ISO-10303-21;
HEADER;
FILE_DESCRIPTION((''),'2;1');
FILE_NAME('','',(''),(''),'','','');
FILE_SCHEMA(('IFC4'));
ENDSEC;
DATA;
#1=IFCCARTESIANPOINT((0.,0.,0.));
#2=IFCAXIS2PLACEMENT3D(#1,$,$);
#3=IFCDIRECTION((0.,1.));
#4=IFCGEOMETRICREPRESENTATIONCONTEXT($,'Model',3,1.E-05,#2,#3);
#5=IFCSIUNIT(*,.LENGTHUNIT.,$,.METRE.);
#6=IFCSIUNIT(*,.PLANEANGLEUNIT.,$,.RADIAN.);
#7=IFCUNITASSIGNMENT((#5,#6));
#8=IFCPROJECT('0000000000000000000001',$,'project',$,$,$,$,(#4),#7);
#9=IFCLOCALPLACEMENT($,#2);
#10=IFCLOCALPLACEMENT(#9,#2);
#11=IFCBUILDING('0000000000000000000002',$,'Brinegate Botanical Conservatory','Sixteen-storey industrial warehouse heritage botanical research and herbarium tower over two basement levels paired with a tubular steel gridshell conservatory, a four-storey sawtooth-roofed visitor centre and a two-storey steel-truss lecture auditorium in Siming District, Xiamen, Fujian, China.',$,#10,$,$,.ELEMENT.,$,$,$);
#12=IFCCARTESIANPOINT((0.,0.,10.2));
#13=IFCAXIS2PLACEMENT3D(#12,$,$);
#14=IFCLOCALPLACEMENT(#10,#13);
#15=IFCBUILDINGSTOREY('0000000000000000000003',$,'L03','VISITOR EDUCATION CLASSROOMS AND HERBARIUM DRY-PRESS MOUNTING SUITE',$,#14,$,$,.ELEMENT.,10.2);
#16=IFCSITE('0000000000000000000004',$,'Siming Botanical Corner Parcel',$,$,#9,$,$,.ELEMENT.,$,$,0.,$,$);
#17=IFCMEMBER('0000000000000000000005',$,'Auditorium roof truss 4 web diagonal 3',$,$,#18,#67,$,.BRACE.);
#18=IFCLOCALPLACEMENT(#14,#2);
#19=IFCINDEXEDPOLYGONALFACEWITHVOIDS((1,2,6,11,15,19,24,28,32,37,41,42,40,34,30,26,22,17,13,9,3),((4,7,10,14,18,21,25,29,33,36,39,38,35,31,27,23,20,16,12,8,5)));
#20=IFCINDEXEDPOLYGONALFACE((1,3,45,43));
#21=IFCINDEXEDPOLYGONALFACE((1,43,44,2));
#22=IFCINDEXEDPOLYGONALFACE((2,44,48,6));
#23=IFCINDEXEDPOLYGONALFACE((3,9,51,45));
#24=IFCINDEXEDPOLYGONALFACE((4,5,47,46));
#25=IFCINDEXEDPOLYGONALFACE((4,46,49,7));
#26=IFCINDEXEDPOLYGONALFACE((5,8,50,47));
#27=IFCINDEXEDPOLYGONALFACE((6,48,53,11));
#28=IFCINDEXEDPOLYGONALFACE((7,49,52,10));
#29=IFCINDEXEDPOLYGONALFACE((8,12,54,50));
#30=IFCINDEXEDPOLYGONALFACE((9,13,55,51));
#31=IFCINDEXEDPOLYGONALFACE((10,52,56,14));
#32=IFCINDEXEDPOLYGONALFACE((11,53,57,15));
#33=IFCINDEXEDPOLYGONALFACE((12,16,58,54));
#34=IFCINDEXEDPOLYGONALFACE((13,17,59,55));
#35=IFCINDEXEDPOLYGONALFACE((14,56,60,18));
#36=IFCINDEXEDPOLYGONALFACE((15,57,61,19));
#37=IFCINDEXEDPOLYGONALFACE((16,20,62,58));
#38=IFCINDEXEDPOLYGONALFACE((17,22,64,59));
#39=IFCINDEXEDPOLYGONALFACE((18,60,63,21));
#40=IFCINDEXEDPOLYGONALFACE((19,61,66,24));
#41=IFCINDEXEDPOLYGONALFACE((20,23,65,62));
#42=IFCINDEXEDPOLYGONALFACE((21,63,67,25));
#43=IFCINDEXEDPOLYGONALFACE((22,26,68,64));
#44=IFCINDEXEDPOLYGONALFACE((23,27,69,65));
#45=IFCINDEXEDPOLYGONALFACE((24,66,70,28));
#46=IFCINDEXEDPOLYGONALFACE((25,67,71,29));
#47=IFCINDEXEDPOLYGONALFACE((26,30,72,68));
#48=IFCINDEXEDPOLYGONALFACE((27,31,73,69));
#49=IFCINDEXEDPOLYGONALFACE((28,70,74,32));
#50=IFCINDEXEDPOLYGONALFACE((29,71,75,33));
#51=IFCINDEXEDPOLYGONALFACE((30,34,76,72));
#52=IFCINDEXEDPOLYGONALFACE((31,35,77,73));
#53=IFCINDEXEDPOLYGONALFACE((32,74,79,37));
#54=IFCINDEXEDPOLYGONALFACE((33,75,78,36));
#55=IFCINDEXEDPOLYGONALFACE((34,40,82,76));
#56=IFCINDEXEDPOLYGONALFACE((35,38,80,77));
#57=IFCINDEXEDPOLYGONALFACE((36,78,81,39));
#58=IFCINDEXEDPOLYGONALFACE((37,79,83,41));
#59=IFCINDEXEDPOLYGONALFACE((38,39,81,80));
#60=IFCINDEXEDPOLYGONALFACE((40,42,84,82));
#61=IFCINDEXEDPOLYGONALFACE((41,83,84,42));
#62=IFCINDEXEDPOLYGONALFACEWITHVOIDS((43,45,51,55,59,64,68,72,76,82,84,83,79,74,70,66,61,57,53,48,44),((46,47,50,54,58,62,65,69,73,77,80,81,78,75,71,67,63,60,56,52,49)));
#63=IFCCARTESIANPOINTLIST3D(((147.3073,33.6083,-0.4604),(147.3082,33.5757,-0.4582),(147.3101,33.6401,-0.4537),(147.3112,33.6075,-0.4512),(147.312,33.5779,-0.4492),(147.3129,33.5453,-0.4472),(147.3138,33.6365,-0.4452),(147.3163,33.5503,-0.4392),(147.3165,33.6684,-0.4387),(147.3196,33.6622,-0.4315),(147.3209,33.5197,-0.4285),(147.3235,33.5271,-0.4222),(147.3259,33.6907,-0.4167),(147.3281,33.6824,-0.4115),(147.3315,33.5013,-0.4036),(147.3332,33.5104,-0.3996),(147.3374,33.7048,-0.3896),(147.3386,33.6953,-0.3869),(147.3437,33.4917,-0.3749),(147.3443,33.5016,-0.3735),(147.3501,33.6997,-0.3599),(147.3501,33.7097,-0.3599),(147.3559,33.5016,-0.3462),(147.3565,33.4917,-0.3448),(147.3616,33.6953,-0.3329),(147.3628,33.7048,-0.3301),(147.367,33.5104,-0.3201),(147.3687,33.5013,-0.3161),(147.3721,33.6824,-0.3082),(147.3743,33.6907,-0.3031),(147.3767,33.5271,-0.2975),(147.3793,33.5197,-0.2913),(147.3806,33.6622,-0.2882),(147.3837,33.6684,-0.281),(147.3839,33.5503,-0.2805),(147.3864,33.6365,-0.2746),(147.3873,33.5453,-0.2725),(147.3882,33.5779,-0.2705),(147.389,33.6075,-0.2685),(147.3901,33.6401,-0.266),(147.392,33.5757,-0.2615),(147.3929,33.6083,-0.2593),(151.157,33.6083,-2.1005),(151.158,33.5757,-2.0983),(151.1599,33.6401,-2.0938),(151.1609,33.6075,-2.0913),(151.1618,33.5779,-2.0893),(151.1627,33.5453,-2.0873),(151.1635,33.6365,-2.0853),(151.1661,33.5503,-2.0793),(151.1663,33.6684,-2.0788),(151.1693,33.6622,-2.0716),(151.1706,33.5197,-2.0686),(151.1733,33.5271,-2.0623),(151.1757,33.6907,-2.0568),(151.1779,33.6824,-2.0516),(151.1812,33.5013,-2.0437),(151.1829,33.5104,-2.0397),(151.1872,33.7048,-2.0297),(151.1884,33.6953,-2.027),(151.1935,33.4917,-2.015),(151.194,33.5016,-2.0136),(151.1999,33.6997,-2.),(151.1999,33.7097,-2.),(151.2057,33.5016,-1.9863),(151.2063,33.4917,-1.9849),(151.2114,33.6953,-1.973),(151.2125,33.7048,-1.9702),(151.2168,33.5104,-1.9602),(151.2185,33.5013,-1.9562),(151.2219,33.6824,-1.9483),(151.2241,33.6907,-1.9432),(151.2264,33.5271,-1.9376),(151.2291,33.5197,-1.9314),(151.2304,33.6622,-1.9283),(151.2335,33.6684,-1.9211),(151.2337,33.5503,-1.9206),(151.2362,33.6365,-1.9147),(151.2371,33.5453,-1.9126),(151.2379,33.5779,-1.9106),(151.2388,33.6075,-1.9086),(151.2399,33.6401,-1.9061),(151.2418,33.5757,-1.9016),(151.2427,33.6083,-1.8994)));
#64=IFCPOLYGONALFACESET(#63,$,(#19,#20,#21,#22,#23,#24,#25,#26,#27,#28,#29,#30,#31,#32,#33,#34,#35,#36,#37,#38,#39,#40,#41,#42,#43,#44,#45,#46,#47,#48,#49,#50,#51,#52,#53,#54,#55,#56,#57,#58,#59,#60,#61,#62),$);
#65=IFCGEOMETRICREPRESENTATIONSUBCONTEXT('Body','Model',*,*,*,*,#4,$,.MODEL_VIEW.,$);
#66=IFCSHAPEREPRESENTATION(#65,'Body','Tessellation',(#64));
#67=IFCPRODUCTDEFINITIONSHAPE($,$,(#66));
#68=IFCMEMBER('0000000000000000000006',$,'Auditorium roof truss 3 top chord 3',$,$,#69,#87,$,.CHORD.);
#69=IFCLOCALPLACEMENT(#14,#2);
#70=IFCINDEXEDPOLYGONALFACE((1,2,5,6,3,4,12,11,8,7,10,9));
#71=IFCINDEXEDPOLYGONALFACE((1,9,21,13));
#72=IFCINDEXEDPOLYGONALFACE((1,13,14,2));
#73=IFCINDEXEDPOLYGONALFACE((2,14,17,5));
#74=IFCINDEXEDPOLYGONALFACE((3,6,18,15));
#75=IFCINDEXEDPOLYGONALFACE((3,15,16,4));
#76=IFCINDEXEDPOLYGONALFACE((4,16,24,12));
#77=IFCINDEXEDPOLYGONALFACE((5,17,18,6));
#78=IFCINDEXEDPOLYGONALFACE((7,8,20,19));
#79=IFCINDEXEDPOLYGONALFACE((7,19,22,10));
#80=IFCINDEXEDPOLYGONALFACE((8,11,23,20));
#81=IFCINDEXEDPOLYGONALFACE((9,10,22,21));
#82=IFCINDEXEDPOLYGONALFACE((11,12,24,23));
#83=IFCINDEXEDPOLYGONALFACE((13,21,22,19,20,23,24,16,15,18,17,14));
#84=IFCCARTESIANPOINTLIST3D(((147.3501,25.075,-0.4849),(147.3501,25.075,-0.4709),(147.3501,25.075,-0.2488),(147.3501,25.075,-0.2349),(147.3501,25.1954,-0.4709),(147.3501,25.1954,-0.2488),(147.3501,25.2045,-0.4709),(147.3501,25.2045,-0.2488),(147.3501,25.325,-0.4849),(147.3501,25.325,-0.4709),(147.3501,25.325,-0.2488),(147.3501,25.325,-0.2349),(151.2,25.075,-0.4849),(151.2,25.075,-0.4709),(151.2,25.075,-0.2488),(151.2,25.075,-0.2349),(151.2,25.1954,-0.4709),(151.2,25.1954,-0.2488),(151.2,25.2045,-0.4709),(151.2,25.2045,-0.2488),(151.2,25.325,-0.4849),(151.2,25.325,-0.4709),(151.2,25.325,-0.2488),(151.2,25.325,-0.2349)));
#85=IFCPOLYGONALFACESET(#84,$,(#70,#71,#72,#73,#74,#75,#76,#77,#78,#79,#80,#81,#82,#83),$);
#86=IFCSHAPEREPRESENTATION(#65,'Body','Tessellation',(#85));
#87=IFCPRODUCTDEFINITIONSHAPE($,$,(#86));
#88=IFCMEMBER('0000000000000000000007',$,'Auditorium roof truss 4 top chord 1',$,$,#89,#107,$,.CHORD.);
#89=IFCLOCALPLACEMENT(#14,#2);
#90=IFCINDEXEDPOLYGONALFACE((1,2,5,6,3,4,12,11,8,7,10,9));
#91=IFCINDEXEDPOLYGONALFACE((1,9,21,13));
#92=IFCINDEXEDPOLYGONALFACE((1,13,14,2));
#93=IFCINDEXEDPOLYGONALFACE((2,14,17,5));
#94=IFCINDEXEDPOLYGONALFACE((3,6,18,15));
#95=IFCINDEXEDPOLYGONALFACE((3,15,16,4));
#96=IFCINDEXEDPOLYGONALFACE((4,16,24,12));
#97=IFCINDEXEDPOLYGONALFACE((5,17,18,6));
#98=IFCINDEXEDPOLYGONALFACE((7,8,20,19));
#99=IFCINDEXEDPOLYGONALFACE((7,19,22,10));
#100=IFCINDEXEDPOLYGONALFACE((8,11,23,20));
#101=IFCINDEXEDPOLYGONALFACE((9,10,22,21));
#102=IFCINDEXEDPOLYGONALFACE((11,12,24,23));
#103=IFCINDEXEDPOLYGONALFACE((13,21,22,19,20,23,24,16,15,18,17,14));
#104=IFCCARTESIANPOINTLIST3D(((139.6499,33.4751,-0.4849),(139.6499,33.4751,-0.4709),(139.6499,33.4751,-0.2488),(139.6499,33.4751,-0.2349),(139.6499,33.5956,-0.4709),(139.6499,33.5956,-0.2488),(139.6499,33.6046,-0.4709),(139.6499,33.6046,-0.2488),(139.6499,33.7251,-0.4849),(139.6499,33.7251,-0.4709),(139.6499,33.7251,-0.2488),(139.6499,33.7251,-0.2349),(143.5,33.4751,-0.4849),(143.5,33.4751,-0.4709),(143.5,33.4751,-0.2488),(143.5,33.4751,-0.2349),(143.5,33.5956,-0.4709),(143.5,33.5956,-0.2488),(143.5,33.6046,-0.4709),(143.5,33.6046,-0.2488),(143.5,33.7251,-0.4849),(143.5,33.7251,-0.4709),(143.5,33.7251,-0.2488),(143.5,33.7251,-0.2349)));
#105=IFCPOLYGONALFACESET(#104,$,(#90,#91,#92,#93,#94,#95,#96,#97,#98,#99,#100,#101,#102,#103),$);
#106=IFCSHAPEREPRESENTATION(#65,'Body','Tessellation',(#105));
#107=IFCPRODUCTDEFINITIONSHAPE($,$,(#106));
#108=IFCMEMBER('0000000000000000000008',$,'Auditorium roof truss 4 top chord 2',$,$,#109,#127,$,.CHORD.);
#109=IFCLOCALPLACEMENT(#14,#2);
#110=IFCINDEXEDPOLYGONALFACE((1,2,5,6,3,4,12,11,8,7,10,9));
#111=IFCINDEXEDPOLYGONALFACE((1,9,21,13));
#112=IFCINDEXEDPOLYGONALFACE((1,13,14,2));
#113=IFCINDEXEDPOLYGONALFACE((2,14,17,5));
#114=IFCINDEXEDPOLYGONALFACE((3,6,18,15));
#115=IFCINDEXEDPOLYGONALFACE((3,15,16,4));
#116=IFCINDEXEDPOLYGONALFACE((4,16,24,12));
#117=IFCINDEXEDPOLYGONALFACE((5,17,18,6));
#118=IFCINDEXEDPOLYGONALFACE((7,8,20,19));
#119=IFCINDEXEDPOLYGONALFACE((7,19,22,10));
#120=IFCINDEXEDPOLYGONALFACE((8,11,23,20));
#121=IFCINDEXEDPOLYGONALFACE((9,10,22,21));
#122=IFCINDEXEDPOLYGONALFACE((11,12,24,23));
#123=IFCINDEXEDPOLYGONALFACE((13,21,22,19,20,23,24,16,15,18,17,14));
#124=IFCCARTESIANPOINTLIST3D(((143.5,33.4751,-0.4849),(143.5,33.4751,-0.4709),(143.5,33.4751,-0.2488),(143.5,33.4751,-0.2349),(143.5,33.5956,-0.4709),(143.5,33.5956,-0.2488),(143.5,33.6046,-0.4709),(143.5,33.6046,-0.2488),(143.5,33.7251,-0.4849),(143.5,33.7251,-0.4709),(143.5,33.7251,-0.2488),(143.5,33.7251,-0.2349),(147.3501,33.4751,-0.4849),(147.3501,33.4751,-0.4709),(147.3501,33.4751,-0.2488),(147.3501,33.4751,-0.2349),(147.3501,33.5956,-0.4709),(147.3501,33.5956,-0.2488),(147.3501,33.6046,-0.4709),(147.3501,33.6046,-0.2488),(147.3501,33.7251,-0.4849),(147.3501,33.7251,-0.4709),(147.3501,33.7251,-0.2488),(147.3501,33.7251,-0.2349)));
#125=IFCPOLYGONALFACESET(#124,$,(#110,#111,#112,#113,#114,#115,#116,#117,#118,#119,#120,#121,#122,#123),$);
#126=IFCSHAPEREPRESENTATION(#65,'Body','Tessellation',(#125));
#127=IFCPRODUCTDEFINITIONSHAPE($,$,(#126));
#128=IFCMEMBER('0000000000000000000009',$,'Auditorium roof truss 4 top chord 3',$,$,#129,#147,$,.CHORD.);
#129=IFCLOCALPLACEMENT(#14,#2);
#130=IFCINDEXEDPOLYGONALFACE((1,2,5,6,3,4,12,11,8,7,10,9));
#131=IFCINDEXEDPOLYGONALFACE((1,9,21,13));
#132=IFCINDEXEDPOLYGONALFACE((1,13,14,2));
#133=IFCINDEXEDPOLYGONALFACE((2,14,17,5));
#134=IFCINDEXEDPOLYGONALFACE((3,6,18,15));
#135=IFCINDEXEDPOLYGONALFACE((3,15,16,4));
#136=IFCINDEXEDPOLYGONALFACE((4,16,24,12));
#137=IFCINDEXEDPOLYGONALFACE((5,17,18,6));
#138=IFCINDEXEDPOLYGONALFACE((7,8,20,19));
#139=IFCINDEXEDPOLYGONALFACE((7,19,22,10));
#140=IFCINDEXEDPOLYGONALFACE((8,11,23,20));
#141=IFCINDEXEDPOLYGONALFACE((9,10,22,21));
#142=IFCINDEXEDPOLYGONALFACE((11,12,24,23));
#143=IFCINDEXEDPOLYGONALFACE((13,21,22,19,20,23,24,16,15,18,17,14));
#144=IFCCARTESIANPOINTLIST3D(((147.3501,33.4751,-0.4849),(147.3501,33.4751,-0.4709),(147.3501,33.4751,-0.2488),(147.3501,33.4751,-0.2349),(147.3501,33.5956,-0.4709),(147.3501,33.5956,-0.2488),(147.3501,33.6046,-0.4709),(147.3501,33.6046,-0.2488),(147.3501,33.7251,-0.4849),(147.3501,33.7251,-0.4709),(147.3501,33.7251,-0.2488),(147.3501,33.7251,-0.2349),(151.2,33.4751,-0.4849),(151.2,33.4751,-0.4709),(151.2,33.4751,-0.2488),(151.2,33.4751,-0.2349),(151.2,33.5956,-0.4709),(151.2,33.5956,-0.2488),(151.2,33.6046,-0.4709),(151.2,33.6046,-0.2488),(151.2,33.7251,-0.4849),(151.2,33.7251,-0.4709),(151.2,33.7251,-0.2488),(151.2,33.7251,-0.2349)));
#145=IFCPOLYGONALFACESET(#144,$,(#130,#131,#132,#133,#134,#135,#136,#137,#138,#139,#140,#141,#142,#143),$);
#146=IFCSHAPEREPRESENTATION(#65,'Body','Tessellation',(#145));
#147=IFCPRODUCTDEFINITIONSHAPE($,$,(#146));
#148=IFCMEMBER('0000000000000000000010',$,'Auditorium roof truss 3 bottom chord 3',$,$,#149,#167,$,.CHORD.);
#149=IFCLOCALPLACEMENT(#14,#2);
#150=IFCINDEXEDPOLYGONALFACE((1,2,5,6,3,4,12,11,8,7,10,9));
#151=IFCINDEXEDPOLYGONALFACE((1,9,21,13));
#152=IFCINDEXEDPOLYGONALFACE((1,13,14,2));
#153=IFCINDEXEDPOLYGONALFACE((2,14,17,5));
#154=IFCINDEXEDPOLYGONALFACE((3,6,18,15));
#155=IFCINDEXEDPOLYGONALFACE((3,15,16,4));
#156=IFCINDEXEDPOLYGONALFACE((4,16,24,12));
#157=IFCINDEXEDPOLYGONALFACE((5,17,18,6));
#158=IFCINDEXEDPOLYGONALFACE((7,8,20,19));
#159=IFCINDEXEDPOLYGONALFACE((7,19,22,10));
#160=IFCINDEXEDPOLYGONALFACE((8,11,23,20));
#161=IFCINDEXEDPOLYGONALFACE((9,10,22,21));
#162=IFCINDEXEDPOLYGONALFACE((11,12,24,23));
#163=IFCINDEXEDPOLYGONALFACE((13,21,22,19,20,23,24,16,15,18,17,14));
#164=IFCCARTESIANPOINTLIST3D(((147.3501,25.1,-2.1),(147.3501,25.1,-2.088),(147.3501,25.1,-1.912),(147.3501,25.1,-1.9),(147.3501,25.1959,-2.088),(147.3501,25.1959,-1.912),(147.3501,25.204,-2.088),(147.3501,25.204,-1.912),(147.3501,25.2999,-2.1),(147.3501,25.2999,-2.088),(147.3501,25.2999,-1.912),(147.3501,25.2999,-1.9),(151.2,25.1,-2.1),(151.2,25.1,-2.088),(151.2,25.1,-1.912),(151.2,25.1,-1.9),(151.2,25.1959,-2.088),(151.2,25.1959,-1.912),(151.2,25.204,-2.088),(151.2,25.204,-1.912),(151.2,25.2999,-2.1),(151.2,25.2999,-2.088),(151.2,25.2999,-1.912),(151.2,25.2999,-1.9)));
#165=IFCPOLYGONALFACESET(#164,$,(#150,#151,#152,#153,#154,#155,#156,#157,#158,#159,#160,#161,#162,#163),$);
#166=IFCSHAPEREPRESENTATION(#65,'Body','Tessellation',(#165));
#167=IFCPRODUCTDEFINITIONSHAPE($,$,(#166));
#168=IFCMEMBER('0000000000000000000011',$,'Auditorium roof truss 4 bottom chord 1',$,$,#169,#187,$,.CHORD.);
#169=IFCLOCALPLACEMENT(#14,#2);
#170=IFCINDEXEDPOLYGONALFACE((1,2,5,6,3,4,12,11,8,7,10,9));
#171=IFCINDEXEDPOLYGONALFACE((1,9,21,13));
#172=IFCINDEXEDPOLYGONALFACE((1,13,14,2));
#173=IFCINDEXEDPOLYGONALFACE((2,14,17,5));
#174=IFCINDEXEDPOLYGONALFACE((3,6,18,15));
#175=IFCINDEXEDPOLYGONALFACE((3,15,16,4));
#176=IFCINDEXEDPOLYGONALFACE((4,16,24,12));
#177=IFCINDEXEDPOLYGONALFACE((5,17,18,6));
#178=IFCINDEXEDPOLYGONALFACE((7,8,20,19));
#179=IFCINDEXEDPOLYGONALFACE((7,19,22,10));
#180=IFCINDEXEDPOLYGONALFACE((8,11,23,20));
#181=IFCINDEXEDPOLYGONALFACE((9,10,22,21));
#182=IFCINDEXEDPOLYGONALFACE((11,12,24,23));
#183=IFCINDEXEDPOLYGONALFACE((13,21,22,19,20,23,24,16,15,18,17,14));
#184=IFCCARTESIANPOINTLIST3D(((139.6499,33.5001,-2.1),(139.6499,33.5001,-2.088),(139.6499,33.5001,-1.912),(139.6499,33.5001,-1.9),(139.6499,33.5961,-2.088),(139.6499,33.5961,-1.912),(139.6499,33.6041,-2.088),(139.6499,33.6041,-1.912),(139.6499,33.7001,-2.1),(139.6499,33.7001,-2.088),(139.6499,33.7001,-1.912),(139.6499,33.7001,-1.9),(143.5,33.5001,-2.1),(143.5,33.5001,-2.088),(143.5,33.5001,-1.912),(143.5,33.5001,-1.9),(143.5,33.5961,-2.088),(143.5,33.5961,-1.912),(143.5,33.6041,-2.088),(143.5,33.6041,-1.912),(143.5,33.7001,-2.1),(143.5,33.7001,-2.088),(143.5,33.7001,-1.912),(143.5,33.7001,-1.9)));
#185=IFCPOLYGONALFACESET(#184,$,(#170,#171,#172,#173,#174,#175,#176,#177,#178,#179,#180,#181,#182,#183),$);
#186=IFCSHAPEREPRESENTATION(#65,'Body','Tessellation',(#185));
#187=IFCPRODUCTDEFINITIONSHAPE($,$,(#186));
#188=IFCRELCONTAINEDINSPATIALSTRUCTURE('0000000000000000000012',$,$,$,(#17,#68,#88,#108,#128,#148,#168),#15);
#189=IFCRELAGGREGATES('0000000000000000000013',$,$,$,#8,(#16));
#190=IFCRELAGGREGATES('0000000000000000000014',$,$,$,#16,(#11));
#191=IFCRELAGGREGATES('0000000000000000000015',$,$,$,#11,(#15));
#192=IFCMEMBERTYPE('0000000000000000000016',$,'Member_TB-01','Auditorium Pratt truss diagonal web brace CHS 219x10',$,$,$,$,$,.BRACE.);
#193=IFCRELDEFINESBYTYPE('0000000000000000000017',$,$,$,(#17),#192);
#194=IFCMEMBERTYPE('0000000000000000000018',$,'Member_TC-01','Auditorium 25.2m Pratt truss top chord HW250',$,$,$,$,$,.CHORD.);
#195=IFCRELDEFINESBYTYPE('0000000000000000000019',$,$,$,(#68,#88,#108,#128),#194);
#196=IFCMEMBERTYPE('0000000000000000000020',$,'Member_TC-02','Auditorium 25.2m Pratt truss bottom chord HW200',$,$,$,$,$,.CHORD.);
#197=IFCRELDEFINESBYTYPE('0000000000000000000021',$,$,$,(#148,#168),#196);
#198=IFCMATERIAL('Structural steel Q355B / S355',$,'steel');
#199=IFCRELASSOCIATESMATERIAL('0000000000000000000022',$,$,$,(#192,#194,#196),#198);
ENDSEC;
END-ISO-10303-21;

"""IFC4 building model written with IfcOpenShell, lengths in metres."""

from ifc_helpers import new_model, si_unit, direction, frame, origin, origin_2d, place, context, subcontext, project, spatial, hollow_circle, i_section, extrude, material, material_profile, profile_set, type_object, element, save


model = new_model("IFC4")

# Units and contexts
model_context = context("Model", 3, precision=1e-05, world=origin(), true_north=direction((0.0, 1.0)))
body_context = subcontext(model_context, "Body", "Model", "MODEL_VIEW")
ifc_project = project(units=[si_unit("LENGTHUNIT", "METRE"), si_unit("PLANEANGLEUNIT", "RADIAN")], contexts=[model_context])

# Site, building, storey
site_placement = place(None, origin())
site = spatial("IfcSite", under=ifc_project, at=site_placement, Name="Siming Botanical Corner Parcel", CompositionType="ELEMENT", RefElevation=0.0)
building_placement = place(site_placement, origin())
building = spatial("IfcBuilding", under=site, at=building_placement, Name="Brinegate Botanical Conservatory", Description="Sixteen-storey industrial warehouse heritage botanical research and herbarium tower over two basement levels paired with a tubular steel gridshell conservatory, a four-storey sawtooth-roofed visitor centre and a two-storey steel-truss lecture auditorium in Siming District, Xiamen, Fujian, China.", CompositionType="ELEMENT")
storey_placement = place(building_placement, frame((0.0, 0.0, 10.2)))
storey = spatial("IfcBuildingStorey", under=building, at=storey_placement, Name="L03", Description="VISITOR EDUCATION CLASSROOMS AND HERBARIUM DRY-PRESS MOUNTING SUITE", CompositionType="ELEMENT", Elevation=10.2)

# Members
ifc_material_1 = material(Name="Structural steel Q355B / S355", Category="steel")
ifc_material_profile_1 = material_profile(ifc_material_1, hollow_circle(Radius=0.1096, WallThickness=0.01, at=origin_2d()), Name="CHS 219x10")
ifc_profile_set_1 = profile_set([ifc_material_profile_1], Name="Structural steel Q355B / S355")
member_type_1 = type_object("IfcMemberType", Name="Member_TB-01", Description="Auditorium Pratt truss diagonal web brace CHS 219x10", PredefinedType="BRACE", material=ifc_profile_set_1)
member_1_placement = place(storey_placement, frame((147.3501, 33.6001, -0.3599), z_axis=(0.919991, 0.0, -0.39194), x_axis=(0.0, 1.0, 0.0)))
element("IfcMember", 1, at=member_1_placement, inside=storey, type_object=member_type_1, Name="Auditorium roof truss 4 web diagonal 3", PredefinedType="BRACE", context=body_context, shape_type="SweptSolid", body=[
    extrude(hollow_circle(Radius=0.1096, WallThickness=0.01, at=origin_2d()), origin(), (0.0, 0.0, 1.0), 4.1846),
])
ifc_material_profile_2 = material_profile(ifc_material_1, i_section(OverallWidth=0.25, OverallDepth=0.25, WebThickness=0.009, FlangeThickness=0.0139, at=origin_2d()), Name="HW 250x250x9x14")
ifc_profile_set_2 = profile_set([ifc_material_profile_2], Name="Structural steel Q355B / S355")
member_type_2 = type_object("IfcMemberType", Name="Member_TC-01", Description="Auditorium 25.2m Pratt truss top chord HW250", PredefinedType="CHORD", material=ifc_profile_set_2)
member_2_placement = place(storey_placement, frame((147.3501, 25.2, -0.3599), z_axis=(1.0, 0.0, 0.0), x_axis=(0.0, 1.0, 0.0)))
element("IfcMember", 2, at=member_2_placement, inside=storey, type_object=member_type_2, Name="Auditorium roof truss 3 top chord 3", PredefinedType="CHORD", context=body_context, shape_type="SweptSolid", body=[
    extrude(i_section(OverallWidth=0.25, OverallDepth=0.25, WebThickness=0.009, FlangeThickness=0.0139, at=origin_2d()), origin(), (0.0, 0.0, 1.0), 3.8499),
])
for number, where, z_axis, x_axis, name in (
    (3, (139.6499, 33.6001, -0.3599), (1.0, 0.0, 0.0), (0.0, 1.0, 0.0), "Auditorium roof truss 4 top chord 1"),
    (4, (143.5, 33.6001, -0.3599), (1.0, 0.0, 0.0), (0.0, 1.0, 0.0), "Auditorium roof truss 4 top chord 2"),
):
    element("IfcMember", number, at=place(storey_placement, frame(where, z_axis=z_axis, x_axis=x_axis)), inside=storey, type_object=member_type_2, Name=name, PredefinedType="CHORD", context=body_context, shape_type="SweptSolid", body=[
        extrude(i_section(OverallWidth=0.25, OverallDepth=0.25, WebThickness=0.009, FlangeThickness=0.0139, at=origin_2d()), origin(), (0.0, 0.0, 1.0), 3.8501),
    ])
member_3_placement = place(storey_placement, frame((147.3501, 33.6001, -0.3599), z_axis=(1.0, 0.0, 0.0), x_axis=(0.0, 1.0, 0.0)))
element("IfcMember", 5, at=member_3_placement, inside=storey, type_object=member_type_2, Name="Auditorium roof truss 4 top chord 3", PredefinedType="CHORD", context=body_context, shape_type="SweptSolid", body=[
    extrude(i_section(OverallWidth=0.25, OverallDepth=0.25, WebThickness=0.009, FlangeThickness=0.0139, at=origin_2d()), origin(), (0.0, 0.0, 1.0), 3.8499),
])
ifc_material_profile_3 = material_profile(ifc_material_1, i_section(OverallWidth=0.2, OverallDepth=0.2, WebThickness=0.0081, FlangeThickness=0.012, at=origin_2d()), Name="HW 200x200x8x12")
ifc_profile_set_3 = profile_set([ifc_material_profile_3], Name="Structural steel Q355B / S355")
member_type_3 = type_object("IfcMemberType", Name="Member_TC-02", Description="Auditorium 25.2m Pratt truss bottom chord HW200", PredefinedType="CHORD", material=ifc_profile_set_3)
member_4_placement = place(storey_placement, frame((147.3501, 25.2, -2.0), z_axis=(1.0, 0.0, 0.0), x_axis=(0.0, 1.0, 0.0)))
element("IfcMember", 6, at=member_4_placement, inside=storey, type_object=member_type_3, Name="Auditorium roof truss 3 bottom chord 3", PredefinedType="CHORD", context=body_context, shape_type="SweptSolid", body=[
    extrude(i_section(OverallWidth=0.2, OverallDepth=0.2, WebThickness=0.0081, FlangeThickness=0.012, at=origin_2d()), origin(), (0.0, 0.0, 1.0), 3.8499),
])
for number, where, z_axis, x_axis, name in (
    (7, (139.6499, 33.6001, -2.0), (1.0, 0.0, 0.0), (0.0, 1.0, 0.0), "Auditorium roof truss 4 bottom chord 1"),
):
    element("IfcMember", number, at=place(storey_placement, frame(where, z_axis=z_axis, x_axis=x_axis)), inside=storey, type_object=member_type_3, Name=name, PredefinedType="CHORD", context=body_context, shape_type="SweptSolid", body=[
        extrude(i_section(OverallWidth=0.2, OverallDepth=0.2, WebThickness=0.0081, FlangeThickness=0.012, at=origin_2d()), origin(), (0.0, 0.0, 1.0), 3.8501),
    ])

save(model, "model.ifc")
